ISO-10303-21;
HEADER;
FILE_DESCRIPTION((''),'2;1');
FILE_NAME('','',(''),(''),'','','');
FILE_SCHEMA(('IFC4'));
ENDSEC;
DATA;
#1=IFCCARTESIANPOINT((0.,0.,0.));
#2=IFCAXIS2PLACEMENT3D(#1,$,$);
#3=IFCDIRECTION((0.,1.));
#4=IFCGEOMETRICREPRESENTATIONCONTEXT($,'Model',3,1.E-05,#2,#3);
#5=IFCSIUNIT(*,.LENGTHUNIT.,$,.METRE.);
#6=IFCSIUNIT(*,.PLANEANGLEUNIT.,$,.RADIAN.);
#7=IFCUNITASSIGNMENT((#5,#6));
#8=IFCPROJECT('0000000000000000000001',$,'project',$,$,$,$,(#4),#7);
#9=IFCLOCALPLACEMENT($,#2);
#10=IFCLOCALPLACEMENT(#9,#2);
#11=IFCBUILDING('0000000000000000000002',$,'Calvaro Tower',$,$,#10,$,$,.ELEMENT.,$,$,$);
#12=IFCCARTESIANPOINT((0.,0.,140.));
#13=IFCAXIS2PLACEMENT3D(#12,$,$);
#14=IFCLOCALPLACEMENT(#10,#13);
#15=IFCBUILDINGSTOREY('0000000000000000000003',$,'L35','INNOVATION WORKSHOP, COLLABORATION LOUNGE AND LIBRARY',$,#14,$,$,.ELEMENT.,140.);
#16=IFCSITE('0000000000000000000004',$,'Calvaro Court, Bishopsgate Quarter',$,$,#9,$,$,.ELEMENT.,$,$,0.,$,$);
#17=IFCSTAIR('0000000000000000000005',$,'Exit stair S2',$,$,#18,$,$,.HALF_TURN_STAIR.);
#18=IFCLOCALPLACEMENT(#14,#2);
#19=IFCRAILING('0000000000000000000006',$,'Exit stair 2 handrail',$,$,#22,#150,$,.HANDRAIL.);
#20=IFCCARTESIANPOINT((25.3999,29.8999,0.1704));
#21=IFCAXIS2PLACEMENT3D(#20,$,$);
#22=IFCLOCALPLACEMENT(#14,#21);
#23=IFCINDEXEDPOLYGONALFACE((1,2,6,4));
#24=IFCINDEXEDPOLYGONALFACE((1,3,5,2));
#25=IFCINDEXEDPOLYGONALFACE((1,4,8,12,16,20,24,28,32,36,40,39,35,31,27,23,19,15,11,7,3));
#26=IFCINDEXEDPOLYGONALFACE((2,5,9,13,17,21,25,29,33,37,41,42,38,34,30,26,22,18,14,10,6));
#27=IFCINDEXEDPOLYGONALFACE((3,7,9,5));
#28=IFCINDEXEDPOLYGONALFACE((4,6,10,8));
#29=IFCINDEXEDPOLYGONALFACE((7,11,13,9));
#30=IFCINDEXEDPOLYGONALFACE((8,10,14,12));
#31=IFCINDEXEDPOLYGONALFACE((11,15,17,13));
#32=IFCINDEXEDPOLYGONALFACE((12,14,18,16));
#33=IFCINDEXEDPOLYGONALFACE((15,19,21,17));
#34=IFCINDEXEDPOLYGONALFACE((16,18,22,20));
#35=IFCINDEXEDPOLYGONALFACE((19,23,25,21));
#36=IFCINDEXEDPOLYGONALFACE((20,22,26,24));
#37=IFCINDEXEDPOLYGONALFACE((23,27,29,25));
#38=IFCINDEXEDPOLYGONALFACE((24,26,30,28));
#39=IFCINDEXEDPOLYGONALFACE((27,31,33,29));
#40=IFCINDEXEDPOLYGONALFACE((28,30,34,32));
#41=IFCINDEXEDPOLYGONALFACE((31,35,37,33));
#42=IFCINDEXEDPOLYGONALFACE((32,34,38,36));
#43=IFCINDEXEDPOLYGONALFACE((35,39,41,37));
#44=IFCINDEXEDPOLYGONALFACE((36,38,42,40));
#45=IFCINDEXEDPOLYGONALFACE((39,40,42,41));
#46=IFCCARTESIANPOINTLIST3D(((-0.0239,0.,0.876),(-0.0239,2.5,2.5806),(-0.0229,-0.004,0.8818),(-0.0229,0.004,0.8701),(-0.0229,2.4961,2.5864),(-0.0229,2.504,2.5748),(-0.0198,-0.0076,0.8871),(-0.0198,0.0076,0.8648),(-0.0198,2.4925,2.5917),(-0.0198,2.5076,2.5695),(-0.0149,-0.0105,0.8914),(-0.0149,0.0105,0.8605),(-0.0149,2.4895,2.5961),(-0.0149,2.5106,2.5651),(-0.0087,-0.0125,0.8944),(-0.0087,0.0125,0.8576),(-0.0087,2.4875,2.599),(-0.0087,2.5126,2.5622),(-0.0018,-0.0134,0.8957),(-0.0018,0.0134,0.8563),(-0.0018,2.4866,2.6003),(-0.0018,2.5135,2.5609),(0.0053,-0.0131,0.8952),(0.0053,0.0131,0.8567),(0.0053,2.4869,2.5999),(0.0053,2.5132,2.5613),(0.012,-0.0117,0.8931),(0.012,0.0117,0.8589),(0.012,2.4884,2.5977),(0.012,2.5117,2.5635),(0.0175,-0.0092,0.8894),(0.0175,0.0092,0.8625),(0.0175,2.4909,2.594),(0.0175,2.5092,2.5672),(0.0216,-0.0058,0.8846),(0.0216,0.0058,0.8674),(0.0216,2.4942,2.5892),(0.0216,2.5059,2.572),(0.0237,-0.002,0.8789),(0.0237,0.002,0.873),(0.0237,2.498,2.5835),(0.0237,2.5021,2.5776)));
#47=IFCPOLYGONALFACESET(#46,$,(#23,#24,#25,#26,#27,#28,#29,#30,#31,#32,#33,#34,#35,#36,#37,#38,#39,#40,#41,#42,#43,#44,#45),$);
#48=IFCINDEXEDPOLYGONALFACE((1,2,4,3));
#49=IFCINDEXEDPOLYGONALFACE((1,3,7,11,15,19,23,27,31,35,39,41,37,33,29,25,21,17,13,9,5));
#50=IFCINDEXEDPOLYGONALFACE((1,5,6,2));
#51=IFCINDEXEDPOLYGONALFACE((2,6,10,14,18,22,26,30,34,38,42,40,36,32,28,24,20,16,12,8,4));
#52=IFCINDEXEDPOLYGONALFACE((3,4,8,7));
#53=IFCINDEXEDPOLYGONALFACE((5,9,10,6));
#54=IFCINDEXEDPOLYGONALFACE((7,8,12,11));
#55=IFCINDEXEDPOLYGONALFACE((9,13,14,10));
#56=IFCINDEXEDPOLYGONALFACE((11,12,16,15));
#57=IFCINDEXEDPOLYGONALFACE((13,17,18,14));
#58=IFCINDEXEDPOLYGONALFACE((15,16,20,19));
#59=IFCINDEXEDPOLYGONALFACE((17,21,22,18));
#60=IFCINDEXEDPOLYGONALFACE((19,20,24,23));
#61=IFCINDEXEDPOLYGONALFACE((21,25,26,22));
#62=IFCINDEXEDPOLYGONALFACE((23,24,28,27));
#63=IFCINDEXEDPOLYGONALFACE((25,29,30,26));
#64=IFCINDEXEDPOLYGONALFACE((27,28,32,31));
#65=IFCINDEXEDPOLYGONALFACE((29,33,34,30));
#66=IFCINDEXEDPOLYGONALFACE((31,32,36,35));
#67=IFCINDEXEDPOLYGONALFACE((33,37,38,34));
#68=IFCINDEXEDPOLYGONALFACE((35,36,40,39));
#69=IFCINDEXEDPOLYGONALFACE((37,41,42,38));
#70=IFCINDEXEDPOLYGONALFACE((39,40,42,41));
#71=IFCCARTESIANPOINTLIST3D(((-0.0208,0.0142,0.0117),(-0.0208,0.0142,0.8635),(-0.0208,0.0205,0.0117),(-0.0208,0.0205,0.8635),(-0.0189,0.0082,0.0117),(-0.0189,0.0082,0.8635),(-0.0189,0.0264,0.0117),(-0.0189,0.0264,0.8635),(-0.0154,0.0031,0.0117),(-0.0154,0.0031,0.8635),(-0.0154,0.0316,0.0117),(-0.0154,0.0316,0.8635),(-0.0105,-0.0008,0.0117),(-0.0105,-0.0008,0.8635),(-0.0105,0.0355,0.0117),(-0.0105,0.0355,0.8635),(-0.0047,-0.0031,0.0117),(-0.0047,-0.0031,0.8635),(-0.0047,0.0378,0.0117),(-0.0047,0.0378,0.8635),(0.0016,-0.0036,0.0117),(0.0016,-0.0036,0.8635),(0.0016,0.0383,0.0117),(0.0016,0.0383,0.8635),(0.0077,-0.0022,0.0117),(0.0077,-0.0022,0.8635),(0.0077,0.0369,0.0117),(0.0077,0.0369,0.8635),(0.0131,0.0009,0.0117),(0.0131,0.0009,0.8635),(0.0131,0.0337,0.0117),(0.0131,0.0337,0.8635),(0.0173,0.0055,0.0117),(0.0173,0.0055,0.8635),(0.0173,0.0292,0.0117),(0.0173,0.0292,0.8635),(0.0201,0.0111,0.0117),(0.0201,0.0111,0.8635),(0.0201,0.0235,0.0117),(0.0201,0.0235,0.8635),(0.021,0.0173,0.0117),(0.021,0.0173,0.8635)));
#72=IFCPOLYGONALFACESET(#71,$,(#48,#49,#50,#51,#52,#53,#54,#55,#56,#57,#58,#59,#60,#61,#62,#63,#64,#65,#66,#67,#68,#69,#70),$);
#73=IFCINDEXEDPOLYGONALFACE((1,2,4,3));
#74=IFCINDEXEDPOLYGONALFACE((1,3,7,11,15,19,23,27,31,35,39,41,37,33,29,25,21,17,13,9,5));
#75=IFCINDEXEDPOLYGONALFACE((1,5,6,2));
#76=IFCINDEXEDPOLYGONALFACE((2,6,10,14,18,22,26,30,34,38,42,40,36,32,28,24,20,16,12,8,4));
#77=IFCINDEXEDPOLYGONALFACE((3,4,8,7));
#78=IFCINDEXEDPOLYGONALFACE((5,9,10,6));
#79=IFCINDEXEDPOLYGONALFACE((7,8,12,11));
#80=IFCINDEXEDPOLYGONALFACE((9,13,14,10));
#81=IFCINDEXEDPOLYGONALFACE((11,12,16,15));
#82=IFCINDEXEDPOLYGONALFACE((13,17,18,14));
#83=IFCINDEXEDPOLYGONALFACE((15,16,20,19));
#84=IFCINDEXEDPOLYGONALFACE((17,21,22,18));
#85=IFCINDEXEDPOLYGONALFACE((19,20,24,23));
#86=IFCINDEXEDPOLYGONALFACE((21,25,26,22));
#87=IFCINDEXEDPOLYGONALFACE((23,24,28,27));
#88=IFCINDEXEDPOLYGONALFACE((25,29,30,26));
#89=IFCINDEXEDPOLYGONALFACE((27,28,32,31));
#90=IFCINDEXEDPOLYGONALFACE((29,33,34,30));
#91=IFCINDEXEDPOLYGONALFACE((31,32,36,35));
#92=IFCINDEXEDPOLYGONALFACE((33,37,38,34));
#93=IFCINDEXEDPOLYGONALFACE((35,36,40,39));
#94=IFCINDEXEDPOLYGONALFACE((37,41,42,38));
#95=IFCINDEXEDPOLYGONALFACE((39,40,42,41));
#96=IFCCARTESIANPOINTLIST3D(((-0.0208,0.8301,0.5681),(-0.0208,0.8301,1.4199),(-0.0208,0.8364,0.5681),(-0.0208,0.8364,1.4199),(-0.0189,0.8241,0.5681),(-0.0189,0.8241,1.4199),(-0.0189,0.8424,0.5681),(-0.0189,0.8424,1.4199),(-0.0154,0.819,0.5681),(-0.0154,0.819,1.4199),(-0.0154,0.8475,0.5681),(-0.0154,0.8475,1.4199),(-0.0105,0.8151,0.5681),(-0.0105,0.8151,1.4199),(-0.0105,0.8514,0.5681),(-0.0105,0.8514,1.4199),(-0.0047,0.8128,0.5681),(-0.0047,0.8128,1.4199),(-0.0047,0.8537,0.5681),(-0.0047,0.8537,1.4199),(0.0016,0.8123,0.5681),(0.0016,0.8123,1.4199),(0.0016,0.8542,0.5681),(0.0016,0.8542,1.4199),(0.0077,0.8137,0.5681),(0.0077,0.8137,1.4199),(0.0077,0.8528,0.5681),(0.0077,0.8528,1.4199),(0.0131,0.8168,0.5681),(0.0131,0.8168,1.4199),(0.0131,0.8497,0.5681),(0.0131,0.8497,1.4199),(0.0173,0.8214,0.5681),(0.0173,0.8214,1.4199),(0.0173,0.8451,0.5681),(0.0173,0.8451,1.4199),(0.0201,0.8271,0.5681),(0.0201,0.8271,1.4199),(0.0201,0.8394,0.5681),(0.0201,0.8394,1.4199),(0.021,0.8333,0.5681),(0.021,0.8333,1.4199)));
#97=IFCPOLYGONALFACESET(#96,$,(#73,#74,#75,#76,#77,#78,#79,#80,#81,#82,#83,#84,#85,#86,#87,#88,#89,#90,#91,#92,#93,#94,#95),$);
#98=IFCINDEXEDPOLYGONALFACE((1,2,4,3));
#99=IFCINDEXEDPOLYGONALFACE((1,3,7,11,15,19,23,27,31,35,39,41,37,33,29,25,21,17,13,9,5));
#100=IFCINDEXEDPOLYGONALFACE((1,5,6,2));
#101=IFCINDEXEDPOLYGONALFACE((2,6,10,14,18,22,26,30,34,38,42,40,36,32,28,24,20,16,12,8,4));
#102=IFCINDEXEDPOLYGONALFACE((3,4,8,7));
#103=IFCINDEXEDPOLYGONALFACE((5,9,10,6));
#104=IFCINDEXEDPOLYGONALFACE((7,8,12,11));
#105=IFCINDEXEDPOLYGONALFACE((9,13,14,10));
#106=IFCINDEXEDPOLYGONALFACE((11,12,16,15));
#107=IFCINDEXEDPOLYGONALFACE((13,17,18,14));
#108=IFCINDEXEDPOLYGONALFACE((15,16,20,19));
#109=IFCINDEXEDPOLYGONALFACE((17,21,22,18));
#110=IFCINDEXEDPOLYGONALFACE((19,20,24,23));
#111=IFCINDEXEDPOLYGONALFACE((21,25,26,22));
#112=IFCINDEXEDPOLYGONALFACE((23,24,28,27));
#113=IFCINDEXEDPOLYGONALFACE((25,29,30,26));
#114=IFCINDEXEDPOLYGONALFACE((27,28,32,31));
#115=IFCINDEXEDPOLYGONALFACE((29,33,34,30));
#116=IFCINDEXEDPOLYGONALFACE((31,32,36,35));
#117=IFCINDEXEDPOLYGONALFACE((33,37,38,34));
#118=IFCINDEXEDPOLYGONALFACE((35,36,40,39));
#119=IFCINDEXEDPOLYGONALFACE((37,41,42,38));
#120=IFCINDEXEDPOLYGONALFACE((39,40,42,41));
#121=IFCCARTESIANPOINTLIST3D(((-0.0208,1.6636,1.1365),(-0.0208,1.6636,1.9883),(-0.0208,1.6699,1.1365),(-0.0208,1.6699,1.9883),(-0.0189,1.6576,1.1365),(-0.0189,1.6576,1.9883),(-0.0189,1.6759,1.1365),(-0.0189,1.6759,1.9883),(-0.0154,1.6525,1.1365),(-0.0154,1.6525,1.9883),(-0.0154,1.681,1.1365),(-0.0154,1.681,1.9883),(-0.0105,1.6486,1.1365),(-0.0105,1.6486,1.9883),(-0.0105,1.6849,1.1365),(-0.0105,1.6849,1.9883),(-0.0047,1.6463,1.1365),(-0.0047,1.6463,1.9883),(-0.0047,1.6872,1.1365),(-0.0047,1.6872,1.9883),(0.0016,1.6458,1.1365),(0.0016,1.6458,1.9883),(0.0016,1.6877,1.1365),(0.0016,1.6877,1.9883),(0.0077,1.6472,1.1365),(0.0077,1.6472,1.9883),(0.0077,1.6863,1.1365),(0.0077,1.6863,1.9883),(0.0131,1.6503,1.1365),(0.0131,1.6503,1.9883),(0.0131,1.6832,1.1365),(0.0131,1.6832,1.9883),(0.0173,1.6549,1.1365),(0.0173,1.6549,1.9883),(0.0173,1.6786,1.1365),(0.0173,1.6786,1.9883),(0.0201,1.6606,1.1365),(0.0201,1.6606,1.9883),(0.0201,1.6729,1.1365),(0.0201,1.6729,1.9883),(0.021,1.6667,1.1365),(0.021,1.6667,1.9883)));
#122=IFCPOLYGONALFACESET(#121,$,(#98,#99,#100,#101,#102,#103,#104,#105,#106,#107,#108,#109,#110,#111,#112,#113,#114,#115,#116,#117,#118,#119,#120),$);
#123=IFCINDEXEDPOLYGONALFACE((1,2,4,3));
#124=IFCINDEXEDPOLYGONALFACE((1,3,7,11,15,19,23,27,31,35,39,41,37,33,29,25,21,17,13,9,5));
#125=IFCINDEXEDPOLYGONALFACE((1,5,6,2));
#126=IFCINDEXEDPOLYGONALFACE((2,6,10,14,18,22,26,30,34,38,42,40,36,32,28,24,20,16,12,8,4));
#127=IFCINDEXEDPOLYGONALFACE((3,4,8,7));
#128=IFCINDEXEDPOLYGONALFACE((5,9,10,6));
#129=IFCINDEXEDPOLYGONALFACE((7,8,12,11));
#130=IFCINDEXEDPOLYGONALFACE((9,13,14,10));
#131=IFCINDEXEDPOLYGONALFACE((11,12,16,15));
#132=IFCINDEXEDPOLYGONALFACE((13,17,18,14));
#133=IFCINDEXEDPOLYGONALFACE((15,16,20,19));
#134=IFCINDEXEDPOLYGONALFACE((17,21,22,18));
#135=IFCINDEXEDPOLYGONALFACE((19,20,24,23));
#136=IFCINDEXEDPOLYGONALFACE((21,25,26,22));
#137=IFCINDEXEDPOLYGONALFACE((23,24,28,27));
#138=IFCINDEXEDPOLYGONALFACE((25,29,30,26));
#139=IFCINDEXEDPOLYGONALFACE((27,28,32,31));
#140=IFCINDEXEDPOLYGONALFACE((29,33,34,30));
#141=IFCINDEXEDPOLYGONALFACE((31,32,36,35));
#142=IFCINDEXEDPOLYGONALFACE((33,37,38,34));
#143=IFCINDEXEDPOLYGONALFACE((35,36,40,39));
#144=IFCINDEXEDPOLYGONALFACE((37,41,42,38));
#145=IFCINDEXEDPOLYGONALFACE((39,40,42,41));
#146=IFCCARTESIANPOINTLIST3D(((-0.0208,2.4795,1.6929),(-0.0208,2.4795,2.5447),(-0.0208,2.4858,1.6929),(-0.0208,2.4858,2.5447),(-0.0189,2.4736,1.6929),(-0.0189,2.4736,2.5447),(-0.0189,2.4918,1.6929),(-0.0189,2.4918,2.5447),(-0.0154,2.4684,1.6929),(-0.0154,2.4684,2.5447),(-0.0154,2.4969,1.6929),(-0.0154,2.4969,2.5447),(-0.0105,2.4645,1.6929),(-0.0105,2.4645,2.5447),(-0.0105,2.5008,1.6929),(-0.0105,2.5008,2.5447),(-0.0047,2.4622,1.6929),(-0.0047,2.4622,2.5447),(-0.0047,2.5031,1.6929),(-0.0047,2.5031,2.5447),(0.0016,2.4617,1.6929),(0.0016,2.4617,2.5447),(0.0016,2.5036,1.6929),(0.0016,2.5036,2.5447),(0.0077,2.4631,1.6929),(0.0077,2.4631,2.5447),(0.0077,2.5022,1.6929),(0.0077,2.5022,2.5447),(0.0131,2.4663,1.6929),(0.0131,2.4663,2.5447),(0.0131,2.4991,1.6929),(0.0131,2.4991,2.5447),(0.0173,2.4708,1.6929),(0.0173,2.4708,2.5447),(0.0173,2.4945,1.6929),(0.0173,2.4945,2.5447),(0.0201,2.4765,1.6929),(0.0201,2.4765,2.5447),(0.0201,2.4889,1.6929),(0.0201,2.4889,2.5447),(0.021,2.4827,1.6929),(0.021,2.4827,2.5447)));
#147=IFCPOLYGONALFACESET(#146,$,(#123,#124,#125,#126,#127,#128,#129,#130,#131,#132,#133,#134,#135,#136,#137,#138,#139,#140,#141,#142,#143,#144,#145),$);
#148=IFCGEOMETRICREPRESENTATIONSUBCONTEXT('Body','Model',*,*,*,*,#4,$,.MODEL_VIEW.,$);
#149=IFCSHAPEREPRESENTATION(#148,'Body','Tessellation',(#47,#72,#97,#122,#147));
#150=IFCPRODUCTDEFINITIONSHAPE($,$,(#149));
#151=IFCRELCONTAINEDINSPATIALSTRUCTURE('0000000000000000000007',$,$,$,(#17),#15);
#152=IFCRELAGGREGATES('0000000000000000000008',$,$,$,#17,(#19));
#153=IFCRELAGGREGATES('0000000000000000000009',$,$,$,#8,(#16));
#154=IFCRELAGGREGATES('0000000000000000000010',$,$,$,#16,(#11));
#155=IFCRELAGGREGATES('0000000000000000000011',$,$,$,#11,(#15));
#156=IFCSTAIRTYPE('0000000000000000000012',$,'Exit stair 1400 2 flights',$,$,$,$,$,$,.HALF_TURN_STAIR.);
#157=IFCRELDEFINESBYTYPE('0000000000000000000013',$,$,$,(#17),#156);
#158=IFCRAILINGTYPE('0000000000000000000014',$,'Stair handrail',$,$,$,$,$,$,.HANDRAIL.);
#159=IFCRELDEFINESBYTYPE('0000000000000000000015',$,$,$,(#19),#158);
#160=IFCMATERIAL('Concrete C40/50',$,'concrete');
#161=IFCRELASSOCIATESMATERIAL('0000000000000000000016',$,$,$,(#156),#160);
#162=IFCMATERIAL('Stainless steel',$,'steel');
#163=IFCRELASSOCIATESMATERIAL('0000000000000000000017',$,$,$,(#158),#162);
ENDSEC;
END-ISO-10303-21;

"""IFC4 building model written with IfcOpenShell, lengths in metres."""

from ifc_helpers import new_model, si_unit, direction, frame, origin, origin_2d, place, context, subcontext, project, spatial, circle, extrude, material, type_object, element, aggregate, save


model = new_model("IFC4")

# Units and contexts
model_context = context("Model", 3, precision=1e-05, world=origin(), true_north=direction((0.0, 1.0)))
body_context = subcontext(model_context, "Body", "Model", "MODEL_VIEW")
ifc_project = project(units=[si_unit("LENGTHUNIT", "METRE"), si_unit("PLANEANGLEUNIT", "RADIAN")], contexts=[model_context])

# Site, building, storey
site_placement = place(None, origin())
site = spatial("IfcSite", under=ifc_project, at=site_placement, Name="Calvaro Court, Bishopsgate Quarter", CompositionType="ELEMENT", RefElevation=0.0)
building_placement = place(site_placement, origin())
building = spatial("IfcBuilding", under=site, at=building_placement, Name="Calvaro Tower", CompositionType="ELEMENT")
storey_placement = place(building_placement, frame((0.0, 0.0, 140.0)))
storey = spatial("IfcBuildingStorey", under=building, at=storey_placement, Name="L35", Description="INNOVATION WORKSHOP, COLLABORATION LOUNGE AND LIBRARY", CompositionType="ELEMENT", Elevation=140.0)

# Stair, railing
ifc_material_1 = material(Name="Concrete C40/50", Category="concrete")
stair_type = type_object("IfcStairType", Name="Exit stair 1400 2 flights", PredefinedType="HALF_TURN_STAIR", material=ifc_material_1)
stair_placement = place(storey_placement, origin())
stair = element("IfcStair", 1, at=stair_placement, inside=storey, type_object=stair_type, Name="Exit stair S2", PredefinedType="HALF_TURN_STAIR")
ifc_material_2 = material(Name="Stainless steel", Category="steel")
railing_type = type_object("IfcRailingType", Name="Stair handrail", PredefinedType="HANDRAIL", material=ifc_material_2)
railing_1_placement = place(storey_placement, frame((25.3999, 29.8999, 0.1704)))
railing_1 = element("IfcRailing", 2, at=railing_1_placement, type_object=railing_type, Name="Exit stair 2 handrail", PredefinedType="HANDRAIL", context=body_context, shape_type="SweptSolid", body=[
    extrude(circle(Radius=0.0239, at=origin_2d()), frame((0.0, 0.0, 0.876), z_axis=(0.0, 0.826221, 0.563347), x_axis=(-1.0, 0.0, 0.0)), (0.0, 0.0, 1.0), 3.0259),
    extrude(circle(Radius=0.021, at=origin_2d()), frame((0.0, 0.0173, 0.0117)), (0.0, 0.0, 1.0), 0.8518),
    extrude(circle(Radius=0.021, at=origin_2d()), frame((0.0, 0.8333, 0.5681)), (0.0, 0.0, 1.0), 0.8518),
    extrude(circle(Radius=0.021, at=origin_2d()), frame((0.0, 1.6667, 1.1365)), (0.0, 0.0, 1.0), 0.8518),
    extrude(circle(Radius=0.021, at=origin_2d()), frame((0.0, 2.4827, 1.6929)), (0.0, 0.0, 1.0), 0.8518),
])
aggregate(stair, [railing_1])

save(model, "model.ifc")
